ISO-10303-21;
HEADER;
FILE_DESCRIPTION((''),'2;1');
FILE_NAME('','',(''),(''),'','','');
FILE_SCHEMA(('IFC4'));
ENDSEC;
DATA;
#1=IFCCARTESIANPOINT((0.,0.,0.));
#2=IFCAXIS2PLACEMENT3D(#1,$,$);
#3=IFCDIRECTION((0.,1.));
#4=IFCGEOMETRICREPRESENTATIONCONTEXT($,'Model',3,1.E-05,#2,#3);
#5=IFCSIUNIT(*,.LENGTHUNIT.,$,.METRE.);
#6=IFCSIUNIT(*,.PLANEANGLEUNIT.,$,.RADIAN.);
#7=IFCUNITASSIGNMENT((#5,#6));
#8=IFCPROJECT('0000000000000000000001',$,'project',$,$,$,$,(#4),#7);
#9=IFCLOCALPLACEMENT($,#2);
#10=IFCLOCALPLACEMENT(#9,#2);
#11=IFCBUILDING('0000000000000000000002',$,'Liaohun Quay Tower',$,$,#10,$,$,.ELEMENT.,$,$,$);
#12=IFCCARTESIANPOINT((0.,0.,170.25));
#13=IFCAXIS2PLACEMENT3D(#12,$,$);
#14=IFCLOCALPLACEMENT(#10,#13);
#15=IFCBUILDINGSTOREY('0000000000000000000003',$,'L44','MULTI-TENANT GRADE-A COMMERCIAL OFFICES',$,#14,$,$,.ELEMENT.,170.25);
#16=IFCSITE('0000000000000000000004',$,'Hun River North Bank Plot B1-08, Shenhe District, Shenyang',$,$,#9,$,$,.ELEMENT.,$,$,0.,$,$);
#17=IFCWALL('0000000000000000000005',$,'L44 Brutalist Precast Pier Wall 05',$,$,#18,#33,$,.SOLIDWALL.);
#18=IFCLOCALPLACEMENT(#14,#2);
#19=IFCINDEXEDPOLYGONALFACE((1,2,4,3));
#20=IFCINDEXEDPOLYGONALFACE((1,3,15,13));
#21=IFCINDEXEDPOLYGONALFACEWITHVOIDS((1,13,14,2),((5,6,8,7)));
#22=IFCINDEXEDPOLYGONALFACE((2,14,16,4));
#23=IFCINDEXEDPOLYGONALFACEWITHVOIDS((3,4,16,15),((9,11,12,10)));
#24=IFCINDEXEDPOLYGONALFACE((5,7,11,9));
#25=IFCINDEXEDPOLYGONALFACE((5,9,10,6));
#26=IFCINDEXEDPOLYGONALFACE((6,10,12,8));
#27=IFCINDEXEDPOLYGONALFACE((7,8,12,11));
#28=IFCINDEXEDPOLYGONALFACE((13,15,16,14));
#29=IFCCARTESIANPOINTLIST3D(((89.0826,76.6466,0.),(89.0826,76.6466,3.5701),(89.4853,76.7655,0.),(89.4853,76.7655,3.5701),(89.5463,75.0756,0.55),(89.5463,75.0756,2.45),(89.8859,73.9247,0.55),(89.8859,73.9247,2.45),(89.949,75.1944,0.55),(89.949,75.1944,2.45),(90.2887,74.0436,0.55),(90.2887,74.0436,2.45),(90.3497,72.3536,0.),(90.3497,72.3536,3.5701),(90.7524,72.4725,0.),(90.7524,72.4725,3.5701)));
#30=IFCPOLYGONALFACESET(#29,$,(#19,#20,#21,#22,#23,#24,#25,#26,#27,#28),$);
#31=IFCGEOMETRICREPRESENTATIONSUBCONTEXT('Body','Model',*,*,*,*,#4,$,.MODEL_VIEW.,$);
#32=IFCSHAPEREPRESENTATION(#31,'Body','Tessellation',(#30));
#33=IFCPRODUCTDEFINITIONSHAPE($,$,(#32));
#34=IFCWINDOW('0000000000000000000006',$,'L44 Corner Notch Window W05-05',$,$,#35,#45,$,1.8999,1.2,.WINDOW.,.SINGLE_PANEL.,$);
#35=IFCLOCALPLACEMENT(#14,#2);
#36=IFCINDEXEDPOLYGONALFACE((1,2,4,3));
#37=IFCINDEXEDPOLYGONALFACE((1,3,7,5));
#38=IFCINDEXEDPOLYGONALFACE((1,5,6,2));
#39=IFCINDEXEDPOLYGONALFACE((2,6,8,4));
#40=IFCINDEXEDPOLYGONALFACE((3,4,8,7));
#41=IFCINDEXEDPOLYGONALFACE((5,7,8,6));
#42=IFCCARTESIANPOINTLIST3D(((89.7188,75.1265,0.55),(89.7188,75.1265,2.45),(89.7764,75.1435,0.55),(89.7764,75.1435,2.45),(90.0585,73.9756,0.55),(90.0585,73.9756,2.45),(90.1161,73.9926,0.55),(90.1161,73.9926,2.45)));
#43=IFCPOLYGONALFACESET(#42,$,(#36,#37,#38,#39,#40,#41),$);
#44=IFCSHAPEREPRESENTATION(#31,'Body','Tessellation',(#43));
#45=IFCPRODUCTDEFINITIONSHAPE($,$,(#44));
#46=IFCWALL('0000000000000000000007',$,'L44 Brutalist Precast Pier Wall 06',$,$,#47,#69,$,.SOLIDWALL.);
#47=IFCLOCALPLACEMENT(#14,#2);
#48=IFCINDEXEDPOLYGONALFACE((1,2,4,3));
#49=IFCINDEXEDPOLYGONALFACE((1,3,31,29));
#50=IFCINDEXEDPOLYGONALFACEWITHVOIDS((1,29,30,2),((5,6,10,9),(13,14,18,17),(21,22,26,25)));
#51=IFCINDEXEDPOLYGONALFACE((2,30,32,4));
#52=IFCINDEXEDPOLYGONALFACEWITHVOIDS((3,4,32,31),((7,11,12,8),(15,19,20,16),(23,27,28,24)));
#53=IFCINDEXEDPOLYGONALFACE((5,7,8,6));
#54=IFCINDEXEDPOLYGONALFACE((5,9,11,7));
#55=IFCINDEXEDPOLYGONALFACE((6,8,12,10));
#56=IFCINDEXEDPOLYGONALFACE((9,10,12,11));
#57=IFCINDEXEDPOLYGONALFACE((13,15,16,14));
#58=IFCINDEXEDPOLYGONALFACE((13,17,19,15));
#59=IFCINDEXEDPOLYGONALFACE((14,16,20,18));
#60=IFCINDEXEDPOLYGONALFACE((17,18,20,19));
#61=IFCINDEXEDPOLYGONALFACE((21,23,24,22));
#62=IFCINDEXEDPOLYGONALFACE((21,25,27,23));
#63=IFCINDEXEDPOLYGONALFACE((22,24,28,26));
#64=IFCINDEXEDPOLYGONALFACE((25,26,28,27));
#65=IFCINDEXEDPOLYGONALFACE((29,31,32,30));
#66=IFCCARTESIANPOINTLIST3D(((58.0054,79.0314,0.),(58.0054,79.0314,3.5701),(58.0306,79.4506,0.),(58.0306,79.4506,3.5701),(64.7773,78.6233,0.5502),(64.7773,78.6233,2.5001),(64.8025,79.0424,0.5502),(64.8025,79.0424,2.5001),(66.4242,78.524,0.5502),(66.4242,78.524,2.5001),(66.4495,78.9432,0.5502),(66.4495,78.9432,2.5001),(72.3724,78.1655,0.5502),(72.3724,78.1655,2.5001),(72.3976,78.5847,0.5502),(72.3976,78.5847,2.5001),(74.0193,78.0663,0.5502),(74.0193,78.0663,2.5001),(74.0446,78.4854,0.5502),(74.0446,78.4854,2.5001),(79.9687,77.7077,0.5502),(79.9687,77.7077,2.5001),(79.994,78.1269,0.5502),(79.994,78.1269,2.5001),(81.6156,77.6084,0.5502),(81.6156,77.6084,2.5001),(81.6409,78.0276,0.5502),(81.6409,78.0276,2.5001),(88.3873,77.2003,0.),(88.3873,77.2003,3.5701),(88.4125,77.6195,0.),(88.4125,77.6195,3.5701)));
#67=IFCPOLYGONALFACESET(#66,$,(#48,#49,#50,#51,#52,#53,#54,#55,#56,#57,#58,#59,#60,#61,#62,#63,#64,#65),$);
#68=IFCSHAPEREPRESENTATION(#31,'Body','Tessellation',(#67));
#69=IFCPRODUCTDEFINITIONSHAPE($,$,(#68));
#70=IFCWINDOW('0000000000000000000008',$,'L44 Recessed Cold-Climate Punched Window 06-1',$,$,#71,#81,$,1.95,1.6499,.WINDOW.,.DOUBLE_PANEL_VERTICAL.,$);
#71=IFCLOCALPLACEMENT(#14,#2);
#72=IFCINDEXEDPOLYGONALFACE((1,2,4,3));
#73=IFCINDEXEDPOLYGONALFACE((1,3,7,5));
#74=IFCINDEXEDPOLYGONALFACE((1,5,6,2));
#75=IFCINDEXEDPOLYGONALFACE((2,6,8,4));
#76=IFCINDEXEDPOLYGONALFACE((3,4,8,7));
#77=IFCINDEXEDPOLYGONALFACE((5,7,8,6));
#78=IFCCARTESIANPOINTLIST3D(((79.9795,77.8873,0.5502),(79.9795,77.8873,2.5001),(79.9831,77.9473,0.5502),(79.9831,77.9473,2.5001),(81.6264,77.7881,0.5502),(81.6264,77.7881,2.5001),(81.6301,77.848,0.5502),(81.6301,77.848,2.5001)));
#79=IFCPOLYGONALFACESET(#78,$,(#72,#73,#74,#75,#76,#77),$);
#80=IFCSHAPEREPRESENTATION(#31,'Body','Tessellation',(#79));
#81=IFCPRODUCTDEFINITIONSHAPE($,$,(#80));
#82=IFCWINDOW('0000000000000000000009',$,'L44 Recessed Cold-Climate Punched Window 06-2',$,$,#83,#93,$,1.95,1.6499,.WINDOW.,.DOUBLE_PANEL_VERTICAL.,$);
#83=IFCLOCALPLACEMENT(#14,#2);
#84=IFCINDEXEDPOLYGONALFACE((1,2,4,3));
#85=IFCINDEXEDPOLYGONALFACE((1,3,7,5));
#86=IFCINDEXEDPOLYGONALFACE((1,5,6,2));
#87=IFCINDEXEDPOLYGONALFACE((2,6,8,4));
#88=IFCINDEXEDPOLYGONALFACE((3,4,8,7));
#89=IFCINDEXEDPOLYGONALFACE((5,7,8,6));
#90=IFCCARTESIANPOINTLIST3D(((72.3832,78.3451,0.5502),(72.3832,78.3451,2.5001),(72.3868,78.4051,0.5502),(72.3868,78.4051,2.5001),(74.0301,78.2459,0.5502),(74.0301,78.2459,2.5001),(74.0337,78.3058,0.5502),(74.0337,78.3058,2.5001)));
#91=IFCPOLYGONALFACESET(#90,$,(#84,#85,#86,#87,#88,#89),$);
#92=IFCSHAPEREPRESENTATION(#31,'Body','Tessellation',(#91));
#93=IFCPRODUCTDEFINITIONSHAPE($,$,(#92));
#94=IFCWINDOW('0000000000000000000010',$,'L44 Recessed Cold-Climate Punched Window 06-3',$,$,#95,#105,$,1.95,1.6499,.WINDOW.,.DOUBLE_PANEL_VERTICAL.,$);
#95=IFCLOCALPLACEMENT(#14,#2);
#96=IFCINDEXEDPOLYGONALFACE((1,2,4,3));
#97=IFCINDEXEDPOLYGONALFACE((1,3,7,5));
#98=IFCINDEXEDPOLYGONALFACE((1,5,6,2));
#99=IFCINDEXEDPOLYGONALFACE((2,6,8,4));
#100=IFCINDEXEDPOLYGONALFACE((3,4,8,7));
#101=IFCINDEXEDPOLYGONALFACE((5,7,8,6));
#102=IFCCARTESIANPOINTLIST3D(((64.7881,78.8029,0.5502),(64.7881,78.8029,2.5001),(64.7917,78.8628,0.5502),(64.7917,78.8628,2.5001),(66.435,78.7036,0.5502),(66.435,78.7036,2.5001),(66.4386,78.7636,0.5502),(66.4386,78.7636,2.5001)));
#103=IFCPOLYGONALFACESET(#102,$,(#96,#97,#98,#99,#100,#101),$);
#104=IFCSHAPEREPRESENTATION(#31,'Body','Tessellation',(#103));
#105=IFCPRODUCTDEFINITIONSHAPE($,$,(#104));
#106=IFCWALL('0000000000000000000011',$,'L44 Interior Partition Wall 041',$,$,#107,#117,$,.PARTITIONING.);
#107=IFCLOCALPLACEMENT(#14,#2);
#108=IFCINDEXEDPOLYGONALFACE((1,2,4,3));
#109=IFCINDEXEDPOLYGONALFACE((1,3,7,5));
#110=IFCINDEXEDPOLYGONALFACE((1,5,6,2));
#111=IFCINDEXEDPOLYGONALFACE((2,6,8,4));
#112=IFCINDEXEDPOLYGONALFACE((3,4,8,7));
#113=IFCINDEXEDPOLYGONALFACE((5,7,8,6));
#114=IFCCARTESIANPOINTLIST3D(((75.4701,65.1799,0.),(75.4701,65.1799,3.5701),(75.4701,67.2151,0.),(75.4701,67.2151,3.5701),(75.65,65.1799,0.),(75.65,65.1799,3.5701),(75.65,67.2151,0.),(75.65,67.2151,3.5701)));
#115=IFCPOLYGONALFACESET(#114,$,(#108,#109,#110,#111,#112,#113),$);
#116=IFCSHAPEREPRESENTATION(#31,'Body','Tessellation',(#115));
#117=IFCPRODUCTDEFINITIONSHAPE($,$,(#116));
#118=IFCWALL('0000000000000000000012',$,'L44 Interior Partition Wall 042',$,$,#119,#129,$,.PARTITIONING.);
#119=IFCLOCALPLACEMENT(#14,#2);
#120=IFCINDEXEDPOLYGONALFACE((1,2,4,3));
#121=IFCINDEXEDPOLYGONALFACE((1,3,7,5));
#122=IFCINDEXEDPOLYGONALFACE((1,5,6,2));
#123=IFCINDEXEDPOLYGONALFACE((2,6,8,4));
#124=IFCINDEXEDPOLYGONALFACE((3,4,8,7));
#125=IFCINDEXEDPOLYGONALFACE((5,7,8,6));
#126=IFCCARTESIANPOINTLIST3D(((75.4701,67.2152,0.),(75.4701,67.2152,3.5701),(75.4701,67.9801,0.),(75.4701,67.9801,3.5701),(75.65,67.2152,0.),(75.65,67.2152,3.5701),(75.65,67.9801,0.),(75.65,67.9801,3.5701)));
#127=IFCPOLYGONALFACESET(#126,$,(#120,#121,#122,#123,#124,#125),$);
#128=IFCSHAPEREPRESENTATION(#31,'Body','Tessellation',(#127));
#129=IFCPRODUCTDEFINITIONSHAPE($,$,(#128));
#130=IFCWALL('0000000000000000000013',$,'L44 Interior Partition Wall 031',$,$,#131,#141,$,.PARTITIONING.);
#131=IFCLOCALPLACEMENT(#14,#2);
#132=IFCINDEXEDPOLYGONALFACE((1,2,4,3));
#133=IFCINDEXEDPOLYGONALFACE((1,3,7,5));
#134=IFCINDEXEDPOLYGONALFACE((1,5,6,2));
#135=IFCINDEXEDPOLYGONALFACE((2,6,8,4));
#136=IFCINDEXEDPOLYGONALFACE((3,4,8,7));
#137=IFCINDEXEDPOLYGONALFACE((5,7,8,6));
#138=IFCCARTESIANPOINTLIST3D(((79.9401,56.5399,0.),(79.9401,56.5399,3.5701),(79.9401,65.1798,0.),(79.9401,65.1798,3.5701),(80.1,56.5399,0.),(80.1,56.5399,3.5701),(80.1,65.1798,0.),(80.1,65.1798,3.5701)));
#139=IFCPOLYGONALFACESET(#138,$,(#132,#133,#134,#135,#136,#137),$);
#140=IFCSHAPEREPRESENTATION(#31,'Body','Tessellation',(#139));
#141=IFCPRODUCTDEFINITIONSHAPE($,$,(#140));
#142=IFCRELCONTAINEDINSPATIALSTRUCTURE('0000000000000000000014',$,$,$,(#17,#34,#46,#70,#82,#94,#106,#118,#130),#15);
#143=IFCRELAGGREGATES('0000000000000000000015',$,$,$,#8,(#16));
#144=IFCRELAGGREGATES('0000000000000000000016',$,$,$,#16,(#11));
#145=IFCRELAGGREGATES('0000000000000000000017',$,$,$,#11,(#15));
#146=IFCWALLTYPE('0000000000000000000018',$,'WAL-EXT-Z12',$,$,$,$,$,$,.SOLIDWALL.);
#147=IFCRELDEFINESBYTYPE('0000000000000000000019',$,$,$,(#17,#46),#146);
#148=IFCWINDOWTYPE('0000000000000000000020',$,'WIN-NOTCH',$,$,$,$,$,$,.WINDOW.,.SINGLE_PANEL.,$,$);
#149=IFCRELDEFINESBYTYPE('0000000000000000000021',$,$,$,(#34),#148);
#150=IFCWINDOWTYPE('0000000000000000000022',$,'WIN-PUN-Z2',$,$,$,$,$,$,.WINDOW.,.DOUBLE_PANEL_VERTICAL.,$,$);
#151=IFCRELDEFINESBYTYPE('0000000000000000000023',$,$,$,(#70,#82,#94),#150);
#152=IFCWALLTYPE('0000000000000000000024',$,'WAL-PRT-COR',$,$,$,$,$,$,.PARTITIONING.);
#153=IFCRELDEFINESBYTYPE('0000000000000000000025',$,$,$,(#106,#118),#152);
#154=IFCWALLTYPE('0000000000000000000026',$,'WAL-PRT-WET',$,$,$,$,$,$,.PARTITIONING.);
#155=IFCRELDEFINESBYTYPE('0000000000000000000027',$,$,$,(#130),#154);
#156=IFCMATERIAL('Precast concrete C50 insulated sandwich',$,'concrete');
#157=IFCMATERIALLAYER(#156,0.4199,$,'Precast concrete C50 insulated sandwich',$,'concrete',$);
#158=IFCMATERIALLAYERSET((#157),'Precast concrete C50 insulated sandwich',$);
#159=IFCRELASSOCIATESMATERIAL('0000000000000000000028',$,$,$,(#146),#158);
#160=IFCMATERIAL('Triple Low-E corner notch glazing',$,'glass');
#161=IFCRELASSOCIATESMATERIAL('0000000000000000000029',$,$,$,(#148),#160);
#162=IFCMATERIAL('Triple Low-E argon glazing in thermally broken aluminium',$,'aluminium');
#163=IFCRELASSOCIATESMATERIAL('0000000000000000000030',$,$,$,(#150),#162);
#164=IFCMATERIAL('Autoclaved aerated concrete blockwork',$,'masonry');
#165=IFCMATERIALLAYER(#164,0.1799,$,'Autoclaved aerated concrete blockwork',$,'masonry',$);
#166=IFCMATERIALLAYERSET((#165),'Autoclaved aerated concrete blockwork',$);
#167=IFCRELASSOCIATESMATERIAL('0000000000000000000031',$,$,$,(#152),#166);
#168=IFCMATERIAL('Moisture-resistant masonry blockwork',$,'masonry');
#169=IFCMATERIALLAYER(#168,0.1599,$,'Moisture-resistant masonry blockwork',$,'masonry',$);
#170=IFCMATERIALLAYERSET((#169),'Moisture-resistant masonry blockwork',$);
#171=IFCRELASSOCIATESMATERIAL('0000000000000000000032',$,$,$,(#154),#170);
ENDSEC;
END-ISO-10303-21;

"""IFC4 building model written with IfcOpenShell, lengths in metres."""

from ifc_helpers import new_model, si_unit, direction, frame, frame_2d, origin, place, context, subcontext, project, spatial, rectangle, extrude, source, transform, mapped, material, layer, layer_set, type_object, element, fill, save


model = new_model("IFC4")

# Units and contexts
model_context = context("Model", 3, precision=1e-05, world=origin(), true_north=direction((0.0, 1.0)))
body_context = subcontext(model_context, "Body", "Model", "MODEL_VIEW")
ifc_project = project(units=[si_unit("LENGTHUNIT", "METRE"), si_unit("PLANEANGLEUNIT", "RADIAN")], contexts=[model_context])

# Site, building, storey
site_placement = place(None, origin())
site = spatial("IfcSite", under=ifc_project, at=site_placement, Name="Hun River North Bank Plot B1-08, Shenhe District, Shenyang", CompositionType="ELEMENT", RefElevation=0.0)
building_placement = place(site_placement, origin())
building = spatial("IfcBuilding", under=site, at=building_placement, Name="Liaohun Quay Tower", CompositionType="ELEMENT")
storey_placement = place(building_placement, frame((0.0, 0.0, 170.25)))
storey = spatial("IfcBuildingStorey", under=building, at=storey_placement, Name="L44", Description="MULTI-TENANT GRADE-A COMMERCIAL OFFICES", CompositionType="ELEMENT", Elevation=170.25)

# Wall, opening, window
ifc_material_1 = material(Name="Precast concrete C50 insulated sandwich", Category="concrete")
ifc_layer_1 = layer(ifc_material_1, 0.4199, Name="Precast concrete C50 insulated sandwich", Category="concrete")
ifc_layer_set_1 = layer_set([ifc_layer_1], Name="Precast concrete C50 insulated sandwich")
wall_type_1 = type_object("IfcWallType", Name="WAL-EXT-Z12", PredefinedType="SOLIDWALL", material=ifc_layer_set_1)
shared_shape_1 = source(origin(), body_context, "Body", "SweptSolid", [
    extrude(rectangle(XDim=1.2, YDim=1.8999, at=frame_2d((0.6001, 0.95))), frame((0.0, 0.22, 0.0), z_axis=(0.0, -1.0, 0.0), x_axis=(1.0, 0.0, 0.0)), (0.0, 0.0, 1.0), 0.4399),
])
ifc_material_2 = material(Name="Triple Low-E corner notch glazing", Category="glass")
window_type_1 = type_object("IfcWindowType", Name="WIN-NOTCH", PartitioningType="SINGLE_PANEL", PredefinedType="WINDOW", material=ifc_material_2)
shared_shape_2 = source(origin(), body_context, "Body", "SweptSolid", [
    extrude(rectangle(XDim=1.2, YDim=1.8999, at=frame_2d((0.6001, 0.95))), frame((0.0, 0.03, 0.0), z_axis=(0.0, -1.0, 0.0), x_axis=(1.0, 0.0, 0.0)), (0.0, 0.0, 1.0), 0.0601),
])
wall_1_placement = place(storey_placement, frame((90.551, 72.4131, 0.0), z_axis=(0.0, 0.0, 1.0), x_axis=(-0.283082, 0.959096, 0.0)))
wall_1 = element("IfcWall", 1, at=wall_1_placement, inside=storey, type_object=wall_type_1, Name="L44 Brutalist Precast Pier Wall 05", PredefinedType="SOLIDWALL", context=body_context, shape_type="SweptSolid", body=[
    extrude(rectangle(XDim=4.4761, YDim=0.4199, at=frame_2d((2.238, 0.0))), origin(), (0.0, 0.0, 1.0), 3.5701),
])
opening_1_placement = place(wall_1_placement, frame((1.6379, 0.0, 0.55)))
opening_1 = element("IfcOpeningElement", 2, at=opening_1_placement, cuts=wall_1, PredefinedType="OPENING", context=body_context, shape_type="MappedRepresentation", body=[
    mapped(shared_shape_1, transform((0.0, 0.0, 0.0), x_axis=(1.0, 0.0, 0.0), y_axis=(0.0, 1.0, 0.0), z_axis=(0.0, 0.0, 1.0), scale=1.0)),
])
window_1_placement = place(opening_1_placement, origin())
window_1 = element("IfcWindow", 3, at=window_1_placement, inside=storey, type_object=window_type_1, Name="L44 Corner Notch Window W05-05", OverallHeight=1.8999, OverallWidth=1.2, PartitioningType="SINGLE_PANEL", PredefinedType="WINDOW", context=body_context, shape_type="MappedRepresentation", body=[
    mapped(shared_shape_2, transform((0.0, 0.0, 0.0), x_axis=(1.0, 0.0, 0.0), y_axis=(0.0, 1.0, 0.0), z_axis=(0.0, 0.0, 1.0), scale=1.0)),
])
fill(opening_1, window_1)

# Wall, openings, windows
wall_2_placement = place(storey_placement, frame((88.3999, 77.4099, 0.0), z_axis=(0.0, 0.0, 1.0), x_axis=(-0.998189, 0.060159, 0.0)))
wall_2 = element("IfcWall", 4, at=wall_2_placement, inside=storey, type_object=wall_type_1, Name="L44 Brutalist Precast Pier Wall 06", PredefinedType="SOLIDWALL", context=body_context, shape_type="SweptSolid", body=[
    extrude(rectangle(XDim=30.437, YDim=0.4199, at=frame_2d((15.2185, 0.0))), origin(), (0.0, 0.0, 1.0), 3.5701),
])
shared_shape_3 = source(origin(), body_context, "Body", "SweptSolid", [
    extrude(rectangle(XDim=1.6499, YDim=1.95, at=frame_2d((0.825, 0.9751))), frame((0.0, 0.22, 0.0), z_axis=(0.0, -1.0, 0.0), x_axis=(1.0, 0.0, 0.0)), (0.0, 0.0, 1.0), 0.4399),
])
opening_2_placement = place(wall_2_placement, frame((6.7839, 0.0, 0.55)))
opening_2 = element("IfcOpeningElement", 5, at=opening_2_placement, cuts=wall_2, PredefinedType="OPENING", context=body_context, shape_type="MappedRepresentation", body=[
    mapped(shared_shape_3, transform((0.0, 0.0, 0.0), x_axis=(1.0, 0.0, 0.0), y_axis=(0.0, 1.0, 0.0), z_axis=(0.0, 0.0, 1.0), scale=1.0)),
])
opening_3_placement = place(wall_2_placement, frame((14.394, 0.0, 0.55)))
opening_3 = element("IfcOpeningElement", 6, at=opening_3_placement, cuts=wall_2, PredefinedType="OPENING", context=body_context, shape_type="MappedRepresentation", body=[
    mapped(shared_shape_3, transform((0.0, 0.0, 0.0), x_axis=(1.0, 0.0, 0.0), y_axis=(0.0, 1.0, 0.0), z_axis=(0.0, 0.0, 1.0), scale=1.0)),
])
opening_4_placement = place(wall_2_placement, frame((22.0029, 0.0, 0.55)))
opening_4 = element("IfcOpeningElement", 7, at=opening_4_placement, cuts=wall_2, PredefinedType="OPENING", context=body_context, shape_type="MappedRepresentation", body=[
    mapped(shared_shape_3, transform((0.0, 0.0, 0.0), x_axis=(1.0, 0.0, 0.0), y_axis=(0.0, 1.0, 0.0), z_axis=(0.0, 0.0, 1.0), scale=1.0)),
])
ifc_material_3 = material(Name="Triple Low-E argon glazing in thermally broken aluminium", Category="aluminium")
window_type_2 = type_object("IfcWindowType", Name="WIN-PUN-Z2", PartitioningType="DOUBLE_PANEL_VERTICAL", PredefinedType="WINDOW", material=ifc_material_3)
shared_shape_4 = source(origin(), body_context, "Body", "SweptSolid", [
    extrude(rectangle(XDim=1.6499, YDim=1.95, at=frame_2d((0.825, 0.9751))), frame((0.0, 0.03, 0.0), z_axis=(0.0, -1.0, 0.0), x_axis=(1.0, 0.0, 0.0)), (0.0, 0.0, 1.0), 0.0601),
])
window_2_placement = place(opening_2_placement, origin())
window_2 = element("IfcWindow", 8, at=window_2_placement, inside=storey, type_object=window_type_2, Name="L44 Recessed Cold-Climate Punched Window 06-1", OverallHeight=1.95, OverallWidth=1.6499, PartitioningType="DOUBLE_PANEL_VERTICAL", PredefinedType="WINDOW", context=body_context, shape_type="MappedRepresentation", body=[
    mapped(shared_shape_4, transform((0.0, 0.0, 0.0), x_axis=(1.0, 0.0, 0.0), y_axis=(0.0, 1.0, 0.0), z_axis=(0.0, 0.0, 1.0), scale=1.0)),
])
fill(opening_2, window_2)
window_3_placement = place(opening_3_placement, origin())
window_3 = element("IfcWindow", 9, at=window_3_placement, inside=storey, type_object=window_type_2, Name="L44 Recessed Cold-Climate Punched Window 06-2", OverallHeight=1.95, OverallWidth=1.6499, PartitioningType="DOUBLE_PANEL_VERTICAL", PredefinedType="WINDOW", context=body_context, shape_type="MappedRepresentation", body=[
    mapped(shared_shape_4, transform((0.0, 0.0, 0.0), x_axis=(1.0, 0.0, 0.0), y_axis=(0.0, 1.0, 0.0), z_axis=(0.0, 0.0, 1.0), scale=1.0)),
])
fill(opening_3, window_3)
window_4_placement = place(opening_4_placement, origin())
window_4 = element("IfcWindow", 10, at=window_4_placement, inside=storey, type_object=window_type_2, Name="L44 Recessed Cold-Climate Punched Window 06-3", OverallHeight=1.95, OverallWidth=1.6499, PartitioningType="DOUBLE_PANEL_VERTICAL", PredefinedType="WINDOW", context=body_context, shape_type="MappedRepresentation", body=[
    mapped(shared_shape_4, transform((0.0, 0.0, 0.0), x_axis=(1.0, 0.0, 0.0), y_axis=(0.0, 1.0, 0.0), z_axis=(0.0, 0.0, 1.0), scale=1.0)),
])
fill(opening_4, window_4)

# Walls
ifc_material_4 = material(Name="Autoclaved aerated concrete blockwork", Category="masonry")
ifc_layer_2 = layer(ifc_material_4, 0.1799, Name="Autoclaved aerated concrete blockwork", Category="masonry")
ifc_layer_set_2 = layer_set([ifc_layer_2], Name="Autoclaved aerated concrete blockwork")
wall_type_2 = type_object("IfcWallType", Name="WAL-PRT-COR", PredefinedType="PARTITIONING", material=ifc_layer_set_2)
wall_3_placement = place(storey_placement, frame((75.5601, 67.2151, 0.0), z_axis=(0.0, 0.0, 1.0), x_axis=(0.0, -1.0, 0.0)))
element("IfcWall", 11, at=wall_3_placement, inside=storey, type_object=wall_type_2, Name="L44 Interior Partition Wall 041", PredefinedType="PARTITIONING", context=body_context, shape_type="SweptSolid", body=[
    extrude(rectangle(XDim=2.0352, YDim=0.1799, at=frame_2d((1.0176, 0.0))), origin(), (0.0, 0.0, 1.0), 3.5701),
])
wall_4_placement = place(storey_placement, frame((75.5601, 67.98, 0.0), z_axis=(0.0, 0.0, 1.0), x_axis=(0.0, -1.0, 0.0)))
element("IfcWall", 12, at=wall_4_placement, inside=storey, type_object=wall_type_2, Name="L44 Interior Partition Wall 042", PredefinedType="PARTITIONING", context=body_context, shape_type="SweptSolid", body=[
    extrude(rectangle(XDim=0.7649, YDim=0.1799, at=frame_2d((0.3823, 0.0))), origin(), (0.0, 0.0, 1.0), 3.5701),
])
ifc_material_5 = material(Name="Moisture-resistant masonry blockwork", Category="masonry")
ifc_layer_3 = layer(ifc_material_5, 0.1599, Name="Moisture-resistant masonry blockwork", Category="masonry")
ifc_layer_set_3 = layer_set([ifc_layer_3], Name="Moisture-resistant masonry blockwork")
wall_type_3 = type_object("IfcWallType", Name="WAL-PRT-WET", PredefinedType="PARTITIONING", material=ifc_layer_set_3)
wall_5_placement = place(storey_placement, frame((80.02, 56.54, 0.0), z_axis=(0.0, 0.0, 1.0), x_axis=(0.0, 1.0, 0.0)))
element("IfcWall", 13, at=wall_5_placement, inside=storey, type_object=wall_type_3, Name="L44 Interior Partition Wall 031", PredefinedType="PARTITIONING", context=body_context, shape_type="SweptSolid", body=[
    extrude(rectangle(XDim=8.6399, YDim=0.1599, at=frame_2d((4.3198, 0.0))), origin(), (0.0, 0.0, 1.0), 3.5701),
])

save(model, "model.ifc")
